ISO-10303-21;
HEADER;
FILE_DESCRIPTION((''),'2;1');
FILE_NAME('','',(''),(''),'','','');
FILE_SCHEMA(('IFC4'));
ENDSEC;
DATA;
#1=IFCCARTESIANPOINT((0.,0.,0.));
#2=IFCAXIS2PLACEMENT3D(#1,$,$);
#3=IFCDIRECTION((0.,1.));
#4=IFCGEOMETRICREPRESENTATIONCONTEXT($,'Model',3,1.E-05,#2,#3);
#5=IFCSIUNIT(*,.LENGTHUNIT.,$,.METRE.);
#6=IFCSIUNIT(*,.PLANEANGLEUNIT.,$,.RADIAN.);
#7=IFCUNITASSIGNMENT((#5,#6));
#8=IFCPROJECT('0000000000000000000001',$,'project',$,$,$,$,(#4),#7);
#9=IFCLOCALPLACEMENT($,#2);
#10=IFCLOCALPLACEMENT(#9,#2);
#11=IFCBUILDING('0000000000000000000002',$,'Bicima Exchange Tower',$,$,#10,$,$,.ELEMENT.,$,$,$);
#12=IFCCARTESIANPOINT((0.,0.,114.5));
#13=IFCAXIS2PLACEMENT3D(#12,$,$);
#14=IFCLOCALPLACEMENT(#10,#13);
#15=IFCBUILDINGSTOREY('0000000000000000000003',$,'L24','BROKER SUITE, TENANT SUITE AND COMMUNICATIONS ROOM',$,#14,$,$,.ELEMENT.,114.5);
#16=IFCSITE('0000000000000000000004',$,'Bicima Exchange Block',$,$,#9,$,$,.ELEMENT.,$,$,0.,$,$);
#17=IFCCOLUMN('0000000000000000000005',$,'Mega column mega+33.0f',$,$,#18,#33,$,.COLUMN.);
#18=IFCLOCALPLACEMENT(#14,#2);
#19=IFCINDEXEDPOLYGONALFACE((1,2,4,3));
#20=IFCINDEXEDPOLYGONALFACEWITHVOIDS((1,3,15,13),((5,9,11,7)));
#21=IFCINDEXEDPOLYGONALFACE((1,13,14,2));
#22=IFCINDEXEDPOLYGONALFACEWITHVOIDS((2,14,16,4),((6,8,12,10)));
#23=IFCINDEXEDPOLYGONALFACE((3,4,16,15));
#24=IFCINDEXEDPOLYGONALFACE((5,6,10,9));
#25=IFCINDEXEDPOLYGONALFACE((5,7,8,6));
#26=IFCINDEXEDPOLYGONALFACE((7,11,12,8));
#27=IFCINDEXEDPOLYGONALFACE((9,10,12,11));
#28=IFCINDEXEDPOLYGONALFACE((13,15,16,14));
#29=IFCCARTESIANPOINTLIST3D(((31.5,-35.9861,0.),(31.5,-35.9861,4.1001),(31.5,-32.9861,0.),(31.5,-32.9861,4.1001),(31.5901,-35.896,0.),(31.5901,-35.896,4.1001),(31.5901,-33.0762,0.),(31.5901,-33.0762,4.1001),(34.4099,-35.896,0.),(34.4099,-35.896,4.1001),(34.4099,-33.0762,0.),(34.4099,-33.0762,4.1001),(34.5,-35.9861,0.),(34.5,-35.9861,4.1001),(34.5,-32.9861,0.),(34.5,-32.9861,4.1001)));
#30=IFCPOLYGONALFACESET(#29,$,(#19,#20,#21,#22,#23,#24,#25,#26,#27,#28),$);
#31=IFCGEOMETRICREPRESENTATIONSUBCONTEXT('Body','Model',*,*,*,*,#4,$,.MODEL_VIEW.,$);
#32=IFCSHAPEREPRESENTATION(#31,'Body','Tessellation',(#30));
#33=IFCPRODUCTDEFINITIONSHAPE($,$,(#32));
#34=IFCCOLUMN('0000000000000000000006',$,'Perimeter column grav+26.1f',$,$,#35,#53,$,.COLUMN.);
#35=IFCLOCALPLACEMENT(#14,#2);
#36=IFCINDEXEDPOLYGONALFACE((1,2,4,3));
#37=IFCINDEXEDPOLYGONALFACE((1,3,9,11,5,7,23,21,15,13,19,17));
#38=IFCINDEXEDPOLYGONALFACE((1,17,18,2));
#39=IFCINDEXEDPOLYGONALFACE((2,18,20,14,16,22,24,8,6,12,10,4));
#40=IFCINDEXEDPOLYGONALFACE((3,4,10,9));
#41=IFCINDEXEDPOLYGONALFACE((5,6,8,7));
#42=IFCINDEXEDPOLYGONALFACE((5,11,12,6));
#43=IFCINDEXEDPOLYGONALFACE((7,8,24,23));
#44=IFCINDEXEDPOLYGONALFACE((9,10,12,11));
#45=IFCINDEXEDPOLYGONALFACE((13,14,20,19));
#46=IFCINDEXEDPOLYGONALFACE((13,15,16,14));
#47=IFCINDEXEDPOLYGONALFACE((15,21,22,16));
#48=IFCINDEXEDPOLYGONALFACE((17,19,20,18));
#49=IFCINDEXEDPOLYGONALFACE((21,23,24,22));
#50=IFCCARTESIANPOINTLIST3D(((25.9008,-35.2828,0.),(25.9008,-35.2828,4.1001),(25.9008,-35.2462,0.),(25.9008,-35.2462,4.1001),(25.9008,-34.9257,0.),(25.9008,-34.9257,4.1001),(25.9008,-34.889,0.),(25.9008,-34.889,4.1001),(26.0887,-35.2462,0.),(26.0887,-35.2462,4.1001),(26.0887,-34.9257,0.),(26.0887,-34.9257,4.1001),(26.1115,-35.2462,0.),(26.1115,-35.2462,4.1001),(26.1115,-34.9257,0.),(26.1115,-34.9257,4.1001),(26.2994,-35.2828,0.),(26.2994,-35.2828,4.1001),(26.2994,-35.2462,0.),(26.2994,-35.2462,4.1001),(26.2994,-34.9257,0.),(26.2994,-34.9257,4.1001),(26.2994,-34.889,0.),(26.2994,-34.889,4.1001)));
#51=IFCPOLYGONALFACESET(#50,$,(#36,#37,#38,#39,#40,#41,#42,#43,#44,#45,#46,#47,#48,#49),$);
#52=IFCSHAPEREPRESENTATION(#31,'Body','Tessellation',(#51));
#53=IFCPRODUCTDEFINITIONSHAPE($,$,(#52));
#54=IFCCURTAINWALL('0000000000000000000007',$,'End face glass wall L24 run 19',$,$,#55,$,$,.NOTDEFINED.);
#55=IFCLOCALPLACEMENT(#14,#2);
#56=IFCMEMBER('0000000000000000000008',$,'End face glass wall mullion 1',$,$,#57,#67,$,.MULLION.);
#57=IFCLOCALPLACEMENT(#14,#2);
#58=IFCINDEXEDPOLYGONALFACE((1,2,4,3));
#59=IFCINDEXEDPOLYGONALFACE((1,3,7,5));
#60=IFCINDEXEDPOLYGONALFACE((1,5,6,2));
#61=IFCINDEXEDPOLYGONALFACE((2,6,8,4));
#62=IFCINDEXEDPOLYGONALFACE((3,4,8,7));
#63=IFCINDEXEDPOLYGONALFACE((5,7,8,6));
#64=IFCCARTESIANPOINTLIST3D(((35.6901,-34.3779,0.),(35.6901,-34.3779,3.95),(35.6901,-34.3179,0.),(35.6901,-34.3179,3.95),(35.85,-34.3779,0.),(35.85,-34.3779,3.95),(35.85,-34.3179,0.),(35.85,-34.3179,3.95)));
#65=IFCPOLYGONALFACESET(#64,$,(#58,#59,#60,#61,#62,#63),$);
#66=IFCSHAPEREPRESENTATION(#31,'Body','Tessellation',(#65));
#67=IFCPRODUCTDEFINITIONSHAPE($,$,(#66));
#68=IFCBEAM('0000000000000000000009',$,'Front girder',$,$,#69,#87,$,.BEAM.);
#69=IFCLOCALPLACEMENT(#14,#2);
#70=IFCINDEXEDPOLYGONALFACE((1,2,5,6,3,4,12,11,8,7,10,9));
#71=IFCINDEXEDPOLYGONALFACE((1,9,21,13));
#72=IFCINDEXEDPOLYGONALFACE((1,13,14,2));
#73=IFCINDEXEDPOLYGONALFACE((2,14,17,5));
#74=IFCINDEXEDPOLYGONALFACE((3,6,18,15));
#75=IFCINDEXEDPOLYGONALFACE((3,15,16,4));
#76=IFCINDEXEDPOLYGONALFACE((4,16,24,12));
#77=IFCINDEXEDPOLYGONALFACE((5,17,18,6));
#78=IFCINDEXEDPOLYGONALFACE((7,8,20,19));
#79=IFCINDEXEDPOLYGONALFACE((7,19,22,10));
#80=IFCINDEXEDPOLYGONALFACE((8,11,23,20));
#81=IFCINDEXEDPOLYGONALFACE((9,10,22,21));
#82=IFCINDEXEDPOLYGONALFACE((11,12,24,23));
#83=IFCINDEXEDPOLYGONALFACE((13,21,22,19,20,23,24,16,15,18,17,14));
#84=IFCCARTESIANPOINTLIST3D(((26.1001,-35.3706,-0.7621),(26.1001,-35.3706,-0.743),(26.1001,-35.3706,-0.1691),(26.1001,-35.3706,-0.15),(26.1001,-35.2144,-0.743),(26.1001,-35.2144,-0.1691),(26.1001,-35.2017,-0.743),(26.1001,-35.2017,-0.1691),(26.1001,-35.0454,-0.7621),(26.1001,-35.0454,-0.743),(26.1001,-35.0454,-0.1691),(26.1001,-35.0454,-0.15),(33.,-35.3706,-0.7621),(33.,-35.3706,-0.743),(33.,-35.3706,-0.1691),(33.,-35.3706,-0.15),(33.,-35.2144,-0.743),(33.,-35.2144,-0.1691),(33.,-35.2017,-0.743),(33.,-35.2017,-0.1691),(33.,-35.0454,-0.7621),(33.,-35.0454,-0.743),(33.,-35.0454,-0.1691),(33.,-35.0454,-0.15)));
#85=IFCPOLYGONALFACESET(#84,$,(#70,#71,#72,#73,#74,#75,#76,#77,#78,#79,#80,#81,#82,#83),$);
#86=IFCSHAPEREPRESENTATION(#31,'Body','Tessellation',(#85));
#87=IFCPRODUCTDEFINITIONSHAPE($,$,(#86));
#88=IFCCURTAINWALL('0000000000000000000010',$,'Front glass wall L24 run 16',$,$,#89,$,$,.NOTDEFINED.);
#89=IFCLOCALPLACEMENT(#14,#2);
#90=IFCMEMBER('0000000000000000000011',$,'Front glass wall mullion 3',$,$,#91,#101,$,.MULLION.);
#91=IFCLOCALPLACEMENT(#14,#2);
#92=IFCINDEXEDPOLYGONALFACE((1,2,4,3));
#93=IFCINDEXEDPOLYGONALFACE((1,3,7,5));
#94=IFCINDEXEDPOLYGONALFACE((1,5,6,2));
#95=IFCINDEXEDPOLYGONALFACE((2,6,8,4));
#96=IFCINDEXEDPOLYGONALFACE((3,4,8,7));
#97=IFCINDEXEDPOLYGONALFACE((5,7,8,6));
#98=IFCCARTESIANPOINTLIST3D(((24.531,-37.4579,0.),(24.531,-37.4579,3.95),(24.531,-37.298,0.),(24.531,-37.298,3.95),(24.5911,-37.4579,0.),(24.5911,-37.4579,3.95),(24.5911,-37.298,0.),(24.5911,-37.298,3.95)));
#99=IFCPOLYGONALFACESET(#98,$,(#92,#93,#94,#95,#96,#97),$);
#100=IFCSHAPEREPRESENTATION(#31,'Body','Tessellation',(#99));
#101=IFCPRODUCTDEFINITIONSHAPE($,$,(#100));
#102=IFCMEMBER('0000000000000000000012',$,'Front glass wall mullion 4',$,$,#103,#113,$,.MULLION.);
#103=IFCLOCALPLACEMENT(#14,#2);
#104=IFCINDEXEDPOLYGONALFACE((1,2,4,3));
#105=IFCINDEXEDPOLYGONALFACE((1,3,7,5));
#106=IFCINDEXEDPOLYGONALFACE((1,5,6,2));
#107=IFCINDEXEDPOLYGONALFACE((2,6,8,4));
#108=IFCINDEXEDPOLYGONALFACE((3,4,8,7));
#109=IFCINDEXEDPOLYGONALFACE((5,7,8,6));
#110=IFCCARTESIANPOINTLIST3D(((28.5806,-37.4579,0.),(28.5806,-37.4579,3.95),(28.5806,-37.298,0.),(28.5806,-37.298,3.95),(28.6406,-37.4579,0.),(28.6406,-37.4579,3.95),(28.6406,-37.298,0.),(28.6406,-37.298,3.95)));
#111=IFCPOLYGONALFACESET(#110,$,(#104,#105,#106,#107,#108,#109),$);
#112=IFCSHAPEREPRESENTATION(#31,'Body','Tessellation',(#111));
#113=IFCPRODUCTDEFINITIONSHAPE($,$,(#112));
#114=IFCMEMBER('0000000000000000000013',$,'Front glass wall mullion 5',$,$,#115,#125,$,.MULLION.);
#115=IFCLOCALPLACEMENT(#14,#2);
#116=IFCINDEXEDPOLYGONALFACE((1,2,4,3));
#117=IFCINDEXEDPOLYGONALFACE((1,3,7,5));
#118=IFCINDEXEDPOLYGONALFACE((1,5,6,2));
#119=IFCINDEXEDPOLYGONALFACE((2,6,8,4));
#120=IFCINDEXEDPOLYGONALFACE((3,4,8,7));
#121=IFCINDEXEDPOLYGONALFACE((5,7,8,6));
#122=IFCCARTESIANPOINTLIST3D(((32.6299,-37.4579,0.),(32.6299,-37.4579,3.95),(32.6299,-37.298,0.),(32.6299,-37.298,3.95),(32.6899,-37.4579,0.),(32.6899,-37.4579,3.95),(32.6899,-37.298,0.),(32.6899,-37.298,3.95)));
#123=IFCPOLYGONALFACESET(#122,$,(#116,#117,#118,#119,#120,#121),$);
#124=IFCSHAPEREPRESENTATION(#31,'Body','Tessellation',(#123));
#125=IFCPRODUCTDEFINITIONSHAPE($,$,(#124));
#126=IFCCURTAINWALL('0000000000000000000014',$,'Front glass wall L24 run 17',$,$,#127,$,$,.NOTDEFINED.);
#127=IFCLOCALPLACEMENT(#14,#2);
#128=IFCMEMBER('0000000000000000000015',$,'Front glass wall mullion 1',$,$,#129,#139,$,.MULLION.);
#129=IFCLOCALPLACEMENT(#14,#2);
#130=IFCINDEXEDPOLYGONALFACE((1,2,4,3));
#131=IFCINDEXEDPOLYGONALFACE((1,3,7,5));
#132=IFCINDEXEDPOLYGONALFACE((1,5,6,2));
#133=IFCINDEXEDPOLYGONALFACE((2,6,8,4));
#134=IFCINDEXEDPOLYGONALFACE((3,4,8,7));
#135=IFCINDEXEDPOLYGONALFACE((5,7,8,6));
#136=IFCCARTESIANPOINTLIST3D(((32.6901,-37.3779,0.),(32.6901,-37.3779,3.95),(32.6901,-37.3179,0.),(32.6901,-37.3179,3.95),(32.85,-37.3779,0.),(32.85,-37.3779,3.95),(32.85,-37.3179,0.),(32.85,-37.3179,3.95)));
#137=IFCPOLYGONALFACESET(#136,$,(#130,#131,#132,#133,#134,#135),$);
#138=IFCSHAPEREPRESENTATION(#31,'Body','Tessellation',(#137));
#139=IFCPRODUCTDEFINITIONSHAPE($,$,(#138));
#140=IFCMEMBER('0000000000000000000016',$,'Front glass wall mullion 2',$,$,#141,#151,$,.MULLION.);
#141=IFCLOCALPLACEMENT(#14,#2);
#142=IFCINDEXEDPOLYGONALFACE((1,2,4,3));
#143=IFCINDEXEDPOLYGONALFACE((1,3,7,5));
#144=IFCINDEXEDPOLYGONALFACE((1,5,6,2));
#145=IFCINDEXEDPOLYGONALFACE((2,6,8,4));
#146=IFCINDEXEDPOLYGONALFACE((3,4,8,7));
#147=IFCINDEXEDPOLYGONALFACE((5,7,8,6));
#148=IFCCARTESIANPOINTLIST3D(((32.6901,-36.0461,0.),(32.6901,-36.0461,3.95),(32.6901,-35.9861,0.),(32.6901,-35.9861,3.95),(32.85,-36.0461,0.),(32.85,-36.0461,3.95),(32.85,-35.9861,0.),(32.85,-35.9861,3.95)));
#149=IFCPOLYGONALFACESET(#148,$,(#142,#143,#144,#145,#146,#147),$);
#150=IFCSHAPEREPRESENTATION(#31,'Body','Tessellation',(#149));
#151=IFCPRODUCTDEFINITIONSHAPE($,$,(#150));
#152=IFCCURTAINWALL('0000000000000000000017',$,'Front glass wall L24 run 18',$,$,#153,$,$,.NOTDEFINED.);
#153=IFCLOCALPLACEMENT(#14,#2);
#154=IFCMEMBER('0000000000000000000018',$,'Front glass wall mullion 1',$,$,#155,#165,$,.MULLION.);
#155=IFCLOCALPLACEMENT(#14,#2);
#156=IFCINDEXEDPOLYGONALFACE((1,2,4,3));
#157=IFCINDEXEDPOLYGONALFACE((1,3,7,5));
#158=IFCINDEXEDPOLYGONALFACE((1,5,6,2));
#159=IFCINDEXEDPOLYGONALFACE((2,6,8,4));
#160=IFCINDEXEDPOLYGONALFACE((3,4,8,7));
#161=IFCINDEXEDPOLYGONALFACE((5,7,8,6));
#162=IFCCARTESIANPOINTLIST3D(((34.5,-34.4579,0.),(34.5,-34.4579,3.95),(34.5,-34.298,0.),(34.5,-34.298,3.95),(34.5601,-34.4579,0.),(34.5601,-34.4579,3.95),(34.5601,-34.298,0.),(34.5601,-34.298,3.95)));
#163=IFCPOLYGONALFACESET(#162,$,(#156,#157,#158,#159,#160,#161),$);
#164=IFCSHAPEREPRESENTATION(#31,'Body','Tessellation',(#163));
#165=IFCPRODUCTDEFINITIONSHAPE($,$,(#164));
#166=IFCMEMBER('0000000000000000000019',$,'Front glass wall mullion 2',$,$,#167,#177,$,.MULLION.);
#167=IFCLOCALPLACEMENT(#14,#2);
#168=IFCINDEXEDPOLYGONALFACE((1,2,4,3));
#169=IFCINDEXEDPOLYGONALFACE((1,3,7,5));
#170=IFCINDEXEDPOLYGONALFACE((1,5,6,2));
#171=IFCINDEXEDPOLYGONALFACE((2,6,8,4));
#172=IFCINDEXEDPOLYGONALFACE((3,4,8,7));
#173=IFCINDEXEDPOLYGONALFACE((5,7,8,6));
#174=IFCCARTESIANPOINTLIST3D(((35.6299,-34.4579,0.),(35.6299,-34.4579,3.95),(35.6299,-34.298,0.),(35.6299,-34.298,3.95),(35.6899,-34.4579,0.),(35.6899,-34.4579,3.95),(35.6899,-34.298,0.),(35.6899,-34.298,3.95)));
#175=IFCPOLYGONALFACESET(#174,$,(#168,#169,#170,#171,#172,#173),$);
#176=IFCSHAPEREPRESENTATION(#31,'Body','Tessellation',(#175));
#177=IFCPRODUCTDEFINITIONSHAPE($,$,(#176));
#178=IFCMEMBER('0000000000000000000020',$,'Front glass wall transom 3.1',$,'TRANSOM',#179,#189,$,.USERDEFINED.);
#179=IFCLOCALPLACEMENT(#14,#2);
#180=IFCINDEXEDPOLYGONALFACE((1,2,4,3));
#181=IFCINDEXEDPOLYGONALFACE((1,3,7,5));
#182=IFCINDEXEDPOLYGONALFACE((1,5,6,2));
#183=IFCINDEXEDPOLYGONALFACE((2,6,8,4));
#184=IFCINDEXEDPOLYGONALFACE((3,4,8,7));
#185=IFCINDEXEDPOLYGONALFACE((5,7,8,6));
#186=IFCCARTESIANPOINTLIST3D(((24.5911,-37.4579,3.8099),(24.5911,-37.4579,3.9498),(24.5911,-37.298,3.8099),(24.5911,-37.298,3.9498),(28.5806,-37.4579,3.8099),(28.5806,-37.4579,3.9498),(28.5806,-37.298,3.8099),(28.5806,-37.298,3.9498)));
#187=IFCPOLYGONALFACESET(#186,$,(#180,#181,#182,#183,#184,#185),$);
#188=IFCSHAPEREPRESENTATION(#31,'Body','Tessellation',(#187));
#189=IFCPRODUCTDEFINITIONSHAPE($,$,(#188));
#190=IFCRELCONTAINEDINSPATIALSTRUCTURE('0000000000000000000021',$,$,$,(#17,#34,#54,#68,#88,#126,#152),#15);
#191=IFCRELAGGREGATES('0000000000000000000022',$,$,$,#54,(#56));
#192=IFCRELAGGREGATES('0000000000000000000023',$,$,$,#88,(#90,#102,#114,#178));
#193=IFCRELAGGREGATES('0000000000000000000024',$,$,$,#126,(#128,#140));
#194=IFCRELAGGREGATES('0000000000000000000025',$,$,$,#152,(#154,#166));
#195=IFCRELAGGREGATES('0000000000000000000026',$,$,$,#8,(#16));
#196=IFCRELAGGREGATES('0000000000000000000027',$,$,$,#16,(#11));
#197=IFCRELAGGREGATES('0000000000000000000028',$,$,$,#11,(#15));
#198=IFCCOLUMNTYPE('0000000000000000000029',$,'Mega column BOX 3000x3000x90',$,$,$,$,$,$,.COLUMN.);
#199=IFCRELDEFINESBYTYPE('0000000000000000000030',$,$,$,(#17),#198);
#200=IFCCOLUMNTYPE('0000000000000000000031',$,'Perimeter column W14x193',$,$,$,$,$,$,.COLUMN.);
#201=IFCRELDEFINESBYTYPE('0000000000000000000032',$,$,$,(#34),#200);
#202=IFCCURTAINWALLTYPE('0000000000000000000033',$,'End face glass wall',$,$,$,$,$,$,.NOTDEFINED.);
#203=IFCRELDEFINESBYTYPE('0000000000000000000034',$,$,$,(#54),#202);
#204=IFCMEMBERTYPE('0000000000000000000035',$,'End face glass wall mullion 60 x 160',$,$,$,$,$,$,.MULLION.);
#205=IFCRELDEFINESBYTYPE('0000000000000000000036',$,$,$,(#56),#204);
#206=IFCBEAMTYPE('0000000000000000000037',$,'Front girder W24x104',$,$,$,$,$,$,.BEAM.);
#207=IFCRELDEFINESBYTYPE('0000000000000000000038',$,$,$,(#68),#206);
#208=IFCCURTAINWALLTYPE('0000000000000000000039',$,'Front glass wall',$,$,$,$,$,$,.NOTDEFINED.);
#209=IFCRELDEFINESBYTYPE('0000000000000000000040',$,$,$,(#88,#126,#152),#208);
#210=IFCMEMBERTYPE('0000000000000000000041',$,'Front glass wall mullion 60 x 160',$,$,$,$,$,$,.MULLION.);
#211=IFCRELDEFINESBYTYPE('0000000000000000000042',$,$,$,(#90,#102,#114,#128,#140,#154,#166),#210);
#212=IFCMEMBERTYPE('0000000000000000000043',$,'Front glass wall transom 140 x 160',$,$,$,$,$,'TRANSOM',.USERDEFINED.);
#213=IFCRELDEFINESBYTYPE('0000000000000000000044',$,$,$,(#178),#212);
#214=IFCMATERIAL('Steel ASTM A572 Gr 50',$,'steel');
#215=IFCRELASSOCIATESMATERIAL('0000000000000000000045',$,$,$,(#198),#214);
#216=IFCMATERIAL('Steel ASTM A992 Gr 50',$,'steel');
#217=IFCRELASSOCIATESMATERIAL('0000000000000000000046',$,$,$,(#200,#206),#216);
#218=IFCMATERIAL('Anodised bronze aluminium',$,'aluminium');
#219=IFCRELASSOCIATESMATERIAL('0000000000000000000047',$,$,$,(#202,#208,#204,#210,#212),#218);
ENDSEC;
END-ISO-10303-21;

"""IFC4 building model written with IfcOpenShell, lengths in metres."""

from ifc_helpers import new_model, si_unit, direction, frame, origin, origin_2d, place, context, subcontext, project, spatial, rectangle, hollow_rectangle, i_section, extrude, material, material_profile, profile_set, type_object, element, aggregate, save


model = new_model("IFC4")

# Units and contexts
model_context = context("Model", 3, precision=1e-05, world=origin(), true_north=direction((0.0, 1.0)))
body_context = subcontext(model_context, "Body", "Model", "MODEL_VIEW")
ifc_project = project(units=[si_unit("LENGTHUNIT", "METRE"), si_unit("PLANEANGLEUNIT", "RADIAN")], contexts=[model_context])

# Site, building, storey
site_placement = place(None, origin())
site = spatial("IfcSite", under=ifc_project, at=site_placement, Name="Bicima Exchange Block", CompositionType="ELEMENT", RefElevation=0.0)
building_placement = place(site_placement, origin())
building = spatial("IfcBuilding", under=site, at=building_placement, Name="Bicima Exchange Tower", CompositionType="ELEMENT")
storey_placement = place(building_placement, frame((0.0, 0.0, 114.5)))
storey = spatial("IfcBuildingStorey", under=building, at=storey_placement, Name="L24", Description="BROKER SUITE, TENANT SUITE AND COMMUNICATIONS ROOM", CompositionType="ELEMENT", Elevation=114.5)

# Columns
ifc_material_1 = material(Name="Steel ASTM A572 Gr 50", Category="steel")
ifc_material_profile_1 = material_profile(ifc_material_1, hollow_rectangle(XDim=3.0, YDim=3.0, WallThickness=0.0901, at=origin_2d()))
ifc_profile_set_1 = profile_set([ifc_material_profile_1], Name="Steel ASTM A572 Gr 50")
column_type_1 = type_object("IfcColumnType", Name="Mega column BOX 3000x3000x90", PredefinedType="COLUMN", material=ifc_profile_set_1)
column_1_placement = place(storey_placement, frame((33.0, -34.4861, 0.0), z_axis=(0.0, 0.0, 1.0), x_axis=(1.0, 0.0, 0.0)))
element("IfcColumn", 1, at=column_1_placement, inside=storey, type_object=column_type_1, Name="Mega column mega+33.0f", PredefinedType="COLUMN", context=body_context, shape_type="SweptSolid", body=[
    extrude(hollow_rectangle(XDim=3.0, YDim=3.0, WallThickness=0.0901, at=origin_2d()), origin(), (0.0, 0.0, 1.0), 4.1001),
])
ifc_material_2 = material(Name="Steel ASTM A992 Gr 50", Category="steel")
ifc_material_profile_2 = material_profile(ifc_material_2, i_section(OverallWidth=0.3987, OverallDepth=0.3938, WebThickness=0.0227, FlangeThickness=0.0366, at=origin_2d()))
ifc_profile_set_2 = profile_set([ifc_material_profile_2], Name="Steel ASTM A992 Gr 50")
column_type_2 = type_object("IfcColumnType", Name="Perimeter column W14x193", PredefinedType="COLUMN", material=ifc_profile_set_2)
column_2_placement = place(storey_placement, frame((26.1001, -35.0859, 0.0), z_axis=(0.0, 0.0, 1.0), x_axis=(1.0, 0.0, 0.0)))
element("IfcColumn", 2, at=column_2_placement, inside=storey, type_object=column_type_2, Name="Perimeter column grav+26.1f", PredefinedType="COLUMN", context=body_context, shape_type="SweptSolid", body=[
    extrude(i_section(OverallWidth=0.3987, OverallDepth=0.3938, WebThickness=0.0227, FlangeThickness=0.0366, at=origin_2d()), origin(), (0.0, 0.0, 1.0), 4.1001),
])

# Curtain wall, member
ifc_material_3 = material(Name="Anodised bronze aluminium", Category="aluminium")
curtain_wall_type_1 = type_object("IfcCurtainWallType", Name="End face glass wall", PredefinedType="NOTDEFINED", material=ifc_material_3)
curtain_wall_1_placement = place(storey_placement, origin())
curtain_wall_1 = element("IfcCurtainWall", 3, at=curtain_wall_1_placement, inside=storey, type_object=curtain_wall_type_1, Name="End face glass wall L24 run 19", PredefinedType="NOTDEFINED")
ifc_material_profile_3 = material_profile(ifc_material_3, rectangle(XDim=0.1599, YDim=0.0601, at=origin_2d()))
ifc_profile_set_3 = profile_set([ifc_material_profile_3], Name="Anodised bronze aluminium")
member_type_1 = type_object("IfcMemberType", Name="End face glass wall mullion 60 x 160", PredefinedType="MULLION", material=ifc_profile_set_3)
member_1_placement = place(storey_placement, frame((35.77, -34.3479, 0.0), z_axis=(0.0, 0.0, 1.0), x_axis=(-1.0, 0.0, 0.0)))
member_1 = element("IfcMember", 4, at=member_1_placement, type_object=member_type_1, Name="End face glass wall mullion 1", PredefinedType="MULLION", context=body_context, shape_type="SweptSolid", body=[
    extrude(rectangle(XDim=0.1599, YDim=0.0601, at=origin_2d()), origin(), (0.0, 0.0, 1.0), 3.95),
])
aggregate(curtain_wall_1, [member_1])

# Beam
ifc_material_profile_4 = material_profile(ifc_material_2, i_section(OverallWidth=0.3252, OverallDepth=0.6121, WebThickness=0.0127, FlangeThickness=0.019, at=origin_2d()))
ifc_profile_set_4 = profile_set([ifc_material_profile_4], Name="Steel ASTM A992 Gr 50")
beam_type = type_object("IfcBeamType", Name="Front girder W24x104", PredefinedType="BEAM", material=ifc_profile_set_4)
beam_placement = place(storey_placement, frame((26.1001, -35.208, -0.4561), z_axis=(1.0, 0.0, 0.0), x_axis=(0.0, 1.0, 0.0)))
element("IfcBeam", 5, at=beam_placement, inside=storey, type_object=beam_type, Name="Front girder", PredefinedType="BEAM", context=body_context, shape_type="SweptSolid", body=[
    extrude(i_section(OverallWidth=0.3252, OverallDepth=0.6121, WebThickness=0.0127, FlangeThickness=0.019, at=origin_2d()), origin(), (0.0, 0.0, 1.0), 6.8999),
])

# Curtain walls, members
curtain_wall_type_2 = type_object("IfcCurtainWallType", Name="Front glass wall", PredefinedType="NOTDEFINED", material=ifc_material_3)
curtain_wall_2_placement = place(storey_placement, origin())
curtain_wall_2 = element("IfcCurtainWall", 6, at=curtain_wall_2_placement, inside=storey, type_object=curtain_wall_type_2, Name="Front glass wall L24 run 16", PredefinedType="NOTDEFINED")
member_type_2 = type_object("IfcMemberType", Name="Front glass wall mullion 60 x 160", PredefinedType="MULLION", material=ifc_profile_set_3)
member_2_placement = place(storey_placement, frame((24.561, -37.3779, 0.0), z_axis=(0.0, 0.0, 1.0), x_axis=(0.0, 1.0, 0.0)))
member_2 = element("IfcMember", 7, at=member_2_placement, type_object=member_type_2, Name="Front glass wall mullion 3", PredefinedType="MULLION", context=body_context, shape_type="SweptSolid", body=[
    extrude(rectangle(XDim=0.1599, YDim=0.0601, at=origin_2d()), origin(), (0.0, 0.0, 1.0), 3.95),
])
member_3_placement = place(storey_placement, frame((28.6106, -37.3779, 0.0), z_axis=(0.0, 0.0, 1.0), x_axis=(0.0, 1.0, 0.0)))
member_3 = element("IfcMember", 8, at=member_3_placement, type_object=member_type_2, Name="Front glass wall mullion 4", PredefinedType="MULLION", context=body_context, shape_type="SweptSolid", body=[
    extrude(rectangle(XDim=0.1599, YDim=0.0601, at=origin_2d()), origin(), (0.0, 0.0, 1.0), 3.95),
])
member_4_placement = place(storey_placement, frame((32.6599, -37.3779, 0.0), z_axis=(0.0, 0.0, 1.0), x_axis=(0.0, 1.0, 0.0)))
member_4 = element("IfcMember", 9, at=member_4_placement, type_object=member_type_2, Name="Front glass wall mullion 5", PredefinedType="MULLION", context=body_context, shape_type="SweptSolid", body=[
    extrude(rectangle(XDim=0.1599, YDim=0.0601, at=origin_2d()), origin(), (0.0, 0.0, 1.0), 3.95),
])
curtain_wall_3_placement = place(storey_placement, origin())
curtain_wall_3 = element("IfcCurtainWall", 10, at=curtain_wall_3_placement, inside=storey, type_object=curtain_wall_type_2, Name="Front glass wall L24 run 17", PredefinedType="NOTDEFINED")
member_5_placement = place(storey_placement, frame((32.77, -37.3479, 0.0), z_axis=(0.0, 0.0, 1.0), x_axis=(-1.0, 0.0, 0.0)))
member_5 = element("IfcMember", 11, at=member_5_placement, type_object=member_type_2, Name="Front glass wall mullion 1", PredefinedType="MULLION", context=body_context, shape_type="SweptSolid", body=[
    extrude(rectangle(XDim=0.1599, YDim=0.0601, at=origin_2d()), origin(), (0.0, 0.0, 1.0), 3.95),
])
member_6_placement = place(storey_placement, frame((32.77, -36.0161, 0.0), z_axis=(0.0, 0.0, 1.0), x_axis=(-1.0, 0.0, 0.0)))
member_6 = element("IfcMember", 12, at=member_6_placement, type_object=member_type_2, Name="Front glass wall mullion 2", PredefinedType="MULLION", context=body_context, shape_type="SweptSolid", body=[
    extrude(rectangle(XDim=0.1599, YDim=0.0601, at=origin_2d()), origin(), (0.0, 0.0, 1.0), 3.95),
])
curtain_wall_4_placement = place(storey_placement, origin())
curtain_wall_4 = element("IfcCurtainWall", 13, at=curtain_wall_4_placement, inside=storey, type_object=curtain_wall_type_2, Name="Front glass wall L24 run 18", PredefinedType="NOTDEFINED")
member_7_placement = place(storey_placement, frame((34.53, -34.3779, 0.0), z_axis=(0.0, 0.0, 1.0), x_axis=(0.0, 1.0, 0.0)))
member_7 = element("IfcMember", 14, at=member_7_placement, type_object=member_type_2, Name="Front glass wall mullion 1", PredefinedType="MULLION", context=body_context, shape_type="SweptSolid", body=[
    extrude(rectangle(XDim=0.1599, YDim=0.0601, at=origin_2d()), origin(), (0.0, 0.0, 1.0), 3.95),
])
member_8_placement = place(storey_placement, frame((35.6599, -34.3779, 0.0), z_axis=(0.0, 0.0, 1.0), x_axis=(0.0, 1.0, 0.0)))
member_8 = element("IfcMember", 15, at=member_8_placement, type_object=member_type_2, Name="Front glass wall mullion 2", PredefinedType="MULLION", context=body_context, shape_type="SweptSolid", body=[
    extrude(rectangle(XDim=0.1599, YDim=0.0601, at=origin_2d()), origin(), (0.0, 0.0, 1.0), 3.95),
])

# Member
ifc_material_profile_5 = material_profile(ifc_material_3, rectangle(XDim=0.1599, YDim=0.1399, at=origin_2d()))
ifc_profile_set_5 = profile_set([ifc_material_profile_5], Name="Anodised bronze aluminium")
member_type_3 = type_object("IfcMemberType", Name="Front glass wall transom 140 x 160", ElementType="TRANSOM", PredefinedType="USERDEFINED", material=ifc_profile_set_5)
member_9_placement = place(storey_placement, frame((24.5911, -37.3779, 3.8799), z_axis=(1.0, 0.0, 0.0), x_axis=(0.0, 1.0, 0.0)))
member_9 = element("IfcMember", 16, at=member_9_placement, type_object=member_type_3, Name="Front glass wall transom 3.1", ObjectType="TRANSOM", PredefinedType="USERDEFINED", context=body_context, shape_type="SweptSolid", body=[
    extrude(rectangle(XDim=0.1599, YDim=0.1399, at=origin_2d()), origin(), (0.0, 0.0, 1.0), 3.9895),
])

aggregate(curtain_wall_2, [member_2, member_3, member_4, member_9])
aggregate(curtain_wall_3, [member_5, member_6])
aggregate(curtain_wall_4, [member_7, member_8])

save(model, "model.ifc")
